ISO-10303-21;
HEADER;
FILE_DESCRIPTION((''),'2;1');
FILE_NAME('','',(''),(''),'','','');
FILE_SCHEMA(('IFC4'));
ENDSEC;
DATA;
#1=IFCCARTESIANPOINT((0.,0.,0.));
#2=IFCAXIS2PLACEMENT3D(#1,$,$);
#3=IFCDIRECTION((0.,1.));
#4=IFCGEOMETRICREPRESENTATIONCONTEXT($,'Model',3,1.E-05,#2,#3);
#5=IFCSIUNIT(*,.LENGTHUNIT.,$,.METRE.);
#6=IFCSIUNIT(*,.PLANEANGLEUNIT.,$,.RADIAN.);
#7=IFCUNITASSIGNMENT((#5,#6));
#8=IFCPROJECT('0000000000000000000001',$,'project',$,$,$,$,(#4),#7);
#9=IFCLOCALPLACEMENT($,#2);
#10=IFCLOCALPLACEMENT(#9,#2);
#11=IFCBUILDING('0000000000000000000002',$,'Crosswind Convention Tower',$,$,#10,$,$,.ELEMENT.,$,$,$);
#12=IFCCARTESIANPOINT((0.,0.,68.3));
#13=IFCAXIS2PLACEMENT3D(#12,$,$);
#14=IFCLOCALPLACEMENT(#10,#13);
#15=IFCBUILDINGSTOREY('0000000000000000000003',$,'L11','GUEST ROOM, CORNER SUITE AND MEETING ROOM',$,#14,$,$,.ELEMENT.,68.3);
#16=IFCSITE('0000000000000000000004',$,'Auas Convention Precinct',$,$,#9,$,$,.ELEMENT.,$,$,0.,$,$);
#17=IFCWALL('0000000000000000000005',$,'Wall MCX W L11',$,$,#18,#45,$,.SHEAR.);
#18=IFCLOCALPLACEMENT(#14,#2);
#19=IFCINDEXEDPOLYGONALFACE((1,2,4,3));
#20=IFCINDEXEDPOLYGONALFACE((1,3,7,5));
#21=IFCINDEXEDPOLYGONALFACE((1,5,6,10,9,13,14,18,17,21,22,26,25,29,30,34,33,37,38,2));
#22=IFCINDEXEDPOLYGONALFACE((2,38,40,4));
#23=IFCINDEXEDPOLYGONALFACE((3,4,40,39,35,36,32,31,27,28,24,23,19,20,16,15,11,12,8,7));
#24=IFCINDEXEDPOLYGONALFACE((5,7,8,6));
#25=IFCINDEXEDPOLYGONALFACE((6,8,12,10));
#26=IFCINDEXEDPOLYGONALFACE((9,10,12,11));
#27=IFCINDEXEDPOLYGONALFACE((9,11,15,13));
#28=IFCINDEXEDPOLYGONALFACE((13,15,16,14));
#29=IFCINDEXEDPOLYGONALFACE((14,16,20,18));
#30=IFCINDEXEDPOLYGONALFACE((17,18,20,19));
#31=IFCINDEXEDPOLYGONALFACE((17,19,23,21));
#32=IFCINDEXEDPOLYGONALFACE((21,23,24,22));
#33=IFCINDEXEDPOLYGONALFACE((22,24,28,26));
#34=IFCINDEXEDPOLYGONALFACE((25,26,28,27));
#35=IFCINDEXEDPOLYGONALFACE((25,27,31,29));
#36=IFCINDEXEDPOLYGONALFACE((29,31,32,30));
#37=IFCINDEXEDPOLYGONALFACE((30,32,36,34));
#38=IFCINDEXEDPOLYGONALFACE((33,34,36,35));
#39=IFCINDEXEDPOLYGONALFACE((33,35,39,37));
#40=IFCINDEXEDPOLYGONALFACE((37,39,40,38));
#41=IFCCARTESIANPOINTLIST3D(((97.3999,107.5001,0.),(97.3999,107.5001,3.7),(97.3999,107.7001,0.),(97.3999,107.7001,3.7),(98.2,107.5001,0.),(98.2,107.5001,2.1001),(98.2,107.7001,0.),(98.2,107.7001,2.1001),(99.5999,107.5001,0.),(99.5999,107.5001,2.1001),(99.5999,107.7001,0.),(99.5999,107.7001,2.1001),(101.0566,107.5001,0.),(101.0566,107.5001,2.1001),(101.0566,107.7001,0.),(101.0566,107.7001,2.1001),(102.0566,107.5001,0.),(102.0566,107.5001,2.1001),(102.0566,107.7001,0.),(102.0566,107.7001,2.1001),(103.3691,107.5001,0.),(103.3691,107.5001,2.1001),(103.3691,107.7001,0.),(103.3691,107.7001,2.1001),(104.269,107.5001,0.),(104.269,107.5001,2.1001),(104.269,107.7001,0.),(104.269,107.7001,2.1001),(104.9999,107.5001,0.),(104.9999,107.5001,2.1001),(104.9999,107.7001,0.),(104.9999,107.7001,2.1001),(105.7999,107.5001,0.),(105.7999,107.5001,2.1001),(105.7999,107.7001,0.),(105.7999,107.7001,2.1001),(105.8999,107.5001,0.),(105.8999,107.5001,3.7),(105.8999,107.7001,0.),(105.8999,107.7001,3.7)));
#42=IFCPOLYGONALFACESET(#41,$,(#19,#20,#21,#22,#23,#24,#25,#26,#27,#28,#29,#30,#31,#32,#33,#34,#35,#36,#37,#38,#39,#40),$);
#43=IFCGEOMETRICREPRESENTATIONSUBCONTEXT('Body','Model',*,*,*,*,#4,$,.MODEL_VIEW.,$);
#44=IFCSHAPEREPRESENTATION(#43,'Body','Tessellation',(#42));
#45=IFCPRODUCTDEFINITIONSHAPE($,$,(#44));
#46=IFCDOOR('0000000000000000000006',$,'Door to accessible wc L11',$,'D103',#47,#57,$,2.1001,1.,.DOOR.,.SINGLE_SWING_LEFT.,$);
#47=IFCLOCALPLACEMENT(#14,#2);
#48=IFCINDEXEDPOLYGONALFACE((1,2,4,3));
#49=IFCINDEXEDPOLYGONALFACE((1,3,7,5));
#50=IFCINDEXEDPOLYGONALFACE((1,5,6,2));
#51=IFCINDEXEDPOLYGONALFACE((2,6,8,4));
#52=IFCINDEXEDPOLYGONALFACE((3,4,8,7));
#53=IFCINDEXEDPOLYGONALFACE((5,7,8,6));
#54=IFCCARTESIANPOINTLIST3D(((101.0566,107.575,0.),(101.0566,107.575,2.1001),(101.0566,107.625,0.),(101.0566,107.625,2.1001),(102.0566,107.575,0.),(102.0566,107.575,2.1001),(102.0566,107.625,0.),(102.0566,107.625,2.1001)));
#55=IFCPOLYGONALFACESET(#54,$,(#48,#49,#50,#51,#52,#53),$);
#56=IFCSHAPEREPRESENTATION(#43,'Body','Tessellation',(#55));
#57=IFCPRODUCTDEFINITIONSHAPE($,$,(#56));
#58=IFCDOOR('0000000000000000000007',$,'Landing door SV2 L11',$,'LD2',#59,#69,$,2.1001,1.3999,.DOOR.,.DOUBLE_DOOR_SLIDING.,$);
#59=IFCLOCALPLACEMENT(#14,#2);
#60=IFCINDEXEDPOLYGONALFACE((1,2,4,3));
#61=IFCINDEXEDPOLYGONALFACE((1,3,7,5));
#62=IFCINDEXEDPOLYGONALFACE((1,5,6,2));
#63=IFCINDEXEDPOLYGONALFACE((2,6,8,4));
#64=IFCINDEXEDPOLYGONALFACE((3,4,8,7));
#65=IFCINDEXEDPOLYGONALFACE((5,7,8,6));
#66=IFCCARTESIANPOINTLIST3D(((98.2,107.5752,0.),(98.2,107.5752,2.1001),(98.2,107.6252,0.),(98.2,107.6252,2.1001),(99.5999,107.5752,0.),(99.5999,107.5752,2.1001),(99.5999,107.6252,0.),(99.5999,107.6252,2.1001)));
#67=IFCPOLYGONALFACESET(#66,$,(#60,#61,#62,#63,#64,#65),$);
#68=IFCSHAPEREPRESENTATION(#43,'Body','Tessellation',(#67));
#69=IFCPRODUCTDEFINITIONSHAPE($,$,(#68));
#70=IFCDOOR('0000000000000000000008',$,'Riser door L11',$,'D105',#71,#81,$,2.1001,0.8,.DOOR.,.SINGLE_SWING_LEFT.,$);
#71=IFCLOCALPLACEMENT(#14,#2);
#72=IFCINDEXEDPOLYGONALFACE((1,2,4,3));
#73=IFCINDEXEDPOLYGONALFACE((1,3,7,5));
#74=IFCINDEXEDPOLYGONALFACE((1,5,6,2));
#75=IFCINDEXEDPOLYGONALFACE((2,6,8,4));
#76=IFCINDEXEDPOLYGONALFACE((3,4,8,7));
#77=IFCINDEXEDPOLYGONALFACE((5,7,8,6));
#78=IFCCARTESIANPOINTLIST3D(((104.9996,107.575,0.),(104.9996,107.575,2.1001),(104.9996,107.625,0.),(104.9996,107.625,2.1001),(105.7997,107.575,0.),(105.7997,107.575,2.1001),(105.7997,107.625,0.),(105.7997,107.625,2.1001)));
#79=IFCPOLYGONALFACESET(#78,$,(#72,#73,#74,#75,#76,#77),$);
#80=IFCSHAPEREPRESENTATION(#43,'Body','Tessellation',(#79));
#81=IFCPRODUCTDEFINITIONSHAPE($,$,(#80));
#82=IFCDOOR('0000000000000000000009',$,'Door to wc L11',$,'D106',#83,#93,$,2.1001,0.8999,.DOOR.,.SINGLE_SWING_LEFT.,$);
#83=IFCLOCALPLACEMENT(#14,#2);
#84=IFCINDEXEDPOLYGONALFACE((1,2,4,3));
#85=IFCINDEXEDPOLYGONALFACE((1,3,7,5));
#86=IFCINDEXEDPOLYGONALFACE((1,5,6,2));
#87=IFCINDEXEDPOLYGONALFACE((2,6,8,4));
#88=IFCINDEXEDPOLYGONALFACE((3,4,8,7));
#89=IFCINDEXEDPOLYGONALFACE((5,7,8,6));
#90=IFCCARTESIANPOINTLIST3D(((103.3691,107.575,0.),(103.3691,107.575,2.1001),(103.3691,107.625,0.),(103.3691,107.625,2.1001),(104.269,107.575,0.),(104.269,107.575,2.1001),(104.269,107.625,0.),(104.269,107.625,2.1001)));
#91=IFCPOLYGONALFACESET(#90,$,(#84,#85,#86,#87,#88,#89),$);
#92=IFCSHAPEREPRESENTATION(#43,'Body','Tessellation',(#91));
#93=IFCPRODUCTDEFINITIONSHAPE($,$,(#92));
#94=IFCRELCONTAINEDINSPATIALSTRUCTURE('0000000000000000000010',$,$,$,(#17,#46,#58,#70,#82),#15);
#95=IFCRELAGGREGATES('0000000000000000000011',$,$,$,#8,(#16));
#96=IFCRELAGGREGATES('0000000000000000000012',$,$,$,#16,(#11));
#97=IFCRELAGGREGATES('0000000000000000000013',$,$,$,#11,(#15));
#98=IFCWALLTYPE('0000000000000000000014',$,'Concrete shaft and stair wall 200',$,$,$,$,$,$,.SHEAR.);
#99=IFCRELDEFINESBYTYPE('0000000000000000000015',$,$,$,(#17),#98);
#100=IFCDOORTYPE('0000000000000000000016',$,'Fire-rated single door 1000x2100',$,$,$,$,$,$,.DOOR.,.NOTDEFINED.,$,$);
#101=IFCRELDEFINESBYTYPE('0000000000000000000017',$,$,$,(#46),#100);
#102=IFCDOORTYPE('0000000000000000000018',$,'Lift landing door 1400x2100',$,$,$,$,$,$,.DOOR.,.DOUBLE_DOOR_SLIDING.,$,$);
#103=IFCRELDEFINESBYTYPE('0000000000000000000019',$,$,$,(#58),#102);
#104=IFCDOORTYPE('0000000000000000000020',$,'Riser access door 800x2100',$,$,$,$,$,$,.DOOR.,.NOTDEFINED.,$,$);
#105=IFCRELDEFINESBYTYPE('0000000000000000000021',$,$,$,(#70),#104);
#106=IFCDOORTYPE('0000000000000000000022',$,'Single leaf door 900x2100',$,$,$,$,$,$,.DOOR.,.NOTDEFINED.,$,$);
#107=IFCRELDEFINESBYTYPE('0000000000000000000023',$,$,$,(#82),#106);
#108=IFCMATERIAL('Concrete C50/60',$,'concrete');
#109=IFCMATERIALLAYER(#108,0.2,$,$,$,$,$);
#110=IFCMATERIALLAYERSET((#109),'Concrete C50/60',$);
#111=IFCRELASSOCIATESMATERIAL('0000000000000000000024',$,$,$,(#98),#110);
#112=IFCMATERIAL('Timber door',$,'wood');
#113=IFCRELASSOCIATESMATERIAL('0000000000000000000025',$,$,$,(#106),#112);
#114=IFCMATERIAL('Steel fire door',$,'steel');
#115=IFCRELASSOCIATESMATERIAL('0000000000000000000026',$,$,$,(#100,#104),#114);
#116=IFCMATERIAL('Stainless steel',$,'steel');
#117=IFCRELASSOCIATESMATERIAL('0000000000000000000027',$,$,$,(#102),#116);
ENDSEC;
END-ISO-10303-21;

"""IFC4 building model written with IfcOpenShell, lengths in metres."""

from ifc_helpers import new_model, si_unit, direction, frame, frame_2d, origin, place, context, subcontext, project, spatial, rectangle, extrude, material, layer, layer_set, type_object, element, fill, save


model = new_model("IFC4")

# Units and contexts
model_context = context("Model", 3, precision=1e-05, world=origin(), true_north=direction((0.0, 1.0)))
body_context = subcontext(model_context, "Body", "Model", "MODEL_VIEW")
ifc_project = project(units=[si_unit("LENGTHUNIT", "METRE"), si_unit("PLANEANGLEUNIT", "RADIAN")], contexts=[model_context])

# Site, building, storey
site_placement = place(None, origin())
site = spatial("IfcSite", under=ifc_project, at=site_placement, Name="Auas Convention Precinct", CompositionType="ELEMENT", RefElevation=0.0)
building_placement = place(site_placement, origin())
building = spatial("IfcBuilding", under=site, at=building_placement, Name="Crosswind Convention Tower", CompositionType="ELEMENT")
storey_placement = place(building_placement, frame((0.0, 0.0, 68.3)))
storey = spatial("IfcBuildingStorey", under=building, at=storey_placement, Name="L11", Description="GUEST ROOM, CORNER SUITE AND MEETING ROOM", CompositionType="ELEMENT", Elevation=68.3)

# Shared definitions
ifc_material_1 = material(Name="Concrete C50/60", Category="concrete")

# Shared definitions
ifc_layer_1 = layer(ifc_material_1, 0.2)
ifc_layer_set_1 = layer_set([ifc_layer_1], Name="Concrete C50/60")
wall_type_1 = type_object("IfcWallType", Name="Concrete shaft and stair wall 200", PredefinedType="SHEAR", material=ifc_layer_set_1)

# Shared definitions
ifc_material_2 = material(Name="Timber door", Category="wood")
door_type_1 = type_object("IfcDoorType", Name="Single leaf door 900x2100", OperationType="NOTDEFINED", PredefinedType="DOOR", material=ifc_material_2)

# Shared definitions
ifc_material_3 = material(Name="Steel fire door", Category="steel")

# Wall, openings, doors
wall_1_placement = place(storey_placement, frame((105.8999, 107.6001, 0.0), z_axis=(0.0, 0.0, 1.0), x_axis=(-1.0, 0.0, 0.0)))
wall_1 = element("IfcWall", 1, at=wall_1_placement, inside=storey, type_object=wall_type_1, Name="Wall MCX W L11", PredefinedType="SHEAR", context=body_context, shape_type="SweptSolid", body=[
    extrude(rectangle(XDim=8.5, YDim=0.2, at=frame_2d((4.25, 0.0))), origin(), (0.0, 0.0, 1.0), 3.7),
])
opening_1_placement = place(wall_1_placement, frame((0.1001, 0.0, 0.0)))
opening_1 = element("IfcOpeningElement", 2, at=opening_1_placement, cuts=wall_1, PredefinedType="OPENING", context=body_context, shape_type="SweptSolid", body=[
    extrude(rectangle(XDim=0.8, YDim=2.1001, at=frame_2d((0.3999, 1.05))), frame((0.0, 0.1099, 0.0), z_axis=(0.0, -1.0, 0.0), x_axis=(1.0, 0.0, 0.0)), (0.0, 0.0, 1.0), 0.22),
])
opening_2_placement = place(wall_1_placement, frame((1.6309, 0.0, 0.0)))
opening_2 = element("IfcOpeningElement", 3, at=opening_2_placement, cuts=wall_1, PredefinedType="OPENING", context=body_context, shape_type="SweptSolid", body=[
    extrude(rectangle(XDim=0.8999, YDim=2.1001, at=frame_2d((0.45, 1.05))), frame((0.0, 0.1099, 0.0), z_axis=(0.0, -1.0, 0.0), x_axis=(1.0, 0.0, 0.0)), (0.0, 0.0, 1.0), 0.22),
])
opening_3_placement = place(wall_1_placement, frame((3.8433, 0.0, 0.0)))
opening_3 = element("IfcOpeningElement", 4, at=opening_3_placement, cuts=wall_1, PredefinedType="OPENING", context=body_context, shape_type="SweptSolid", body=[
    extrude(rectangle(XDim=1.0, YDim=2.1001, at=frame_2d((0.5, 1.05))), frame((0.0, 0.1099, 0.0), z_axis=(0.0, -1.0, 0.0), x_axis=(1.0, 0.0, 0.0)), (0.0, 0.0, 1.0), 0.22),
])
opening_4_placement = place(wall_1_placement, frame((6.3, 0.0, 0.0)))
opening_4 = element("IfcOpeningElement", 5, at=opening_4_placement, cuts=wall_1, PredefinedType="OPENING", context=body_context, shape_type="SweptSolid", body=[
    extrude(rectangle(XDim=1.3999, YDim=2.1001, at=frame_2d((0.7, 1.05))), frame((0.0, 0.1099, 0.0), z_axis=(0.0, -1.0, 0.0), x_axis=(1.0, 0.0, 0.0)), (0.0, 0.0, 1.0), 0.22),
])
door_type_2 = type_object("IfcDoorType", Name="Fire-rated single door 1000x2100", OperationType="NOTDEFINED", PredefinedType="DOOR", material=ifc_material_3)
door_1_placement = place(opening_3_placement, frame((1.0, 0.0, 0.0), z_axis=(0.0, 0.0, 1.0), x_axis=(-1.0, 0.0, 0.0)))
door_1 = element("IfcDoor", 6, at=door_1_placement, inside=storey, type_object=door_type_2, Name="Door to accessible wc L11", ObjectType="D103", OperationType="SINGLE_SWING_LEFT", OverallHeight=2.1001, OverallWidth=1.0, PredefinedType="DOOR", context=body_context, shape_type="SweptSolid", body=[
    extrude(rectangle(XDim=1.0, YDim=2.1001, at=frame_2d((0.5, 1.05))), frame((0.0, 0.0249, 0.0), z_axis=(0.0, -1.0, 0.0), x_axis=(1.0, 0.0, 0.0)), (0.0, 0.0, 1.0), 0.05),
])
fill(opening_3, door_1)
ifc_material_4 = material(Name="Stainless steel", Category="steel")
door_type_3 = type_object("IfcDoorType", Name="Lift landing door 1400x2100", OperationType="DOUBLE_DOOR_SLIDING", PredefinedType="DOOR", material=ifc_material_4)
door_2_placement = place(opening_4_placement, origin())
door_2 = element("IfcDoor", 7, at=door_2_placement, inside=storey, type_object=door_type_3, Name="Landing door SV2 L11", ObjectType="LD2", OperationType="DOUBLE_DOOR_SLIDING", OverallHeight=2.1001, OverallWidth=1.3999, PredefinedType="DOOR", context=body_context, shape_type="SweptSolid", body=[
    extrude(rectangle(XDim=1.3999, YDim=2.1001, at=frame_2d((0.7, 1.05))), frame((0.0, 0.0249, 0.0), z_axis=(0.0, -1.0, 0.0), x_axis=(1.0, 0.0, 0.0)), (0.0, 0.0, 1.0), 0.05),
])
fill(opening_4, door_2)
door_type_4 = type_object("IfcDoorType", Name="Riser access door 800x2100", OperationType="NOTDEFINED", PredefinedType="DOOR", material=ifc_material_3)
door_3_placement = place(opening_1_placement, frame((0.8, 0.0, 0.0), z_axis=(0.0, 0.0, 1.0), x_axis=(-1.0, 0.0, 0.0)))
door_3 = element("IfcDoor", 8, at=door_3_placement, inside=storey, type_object=door_type_4, Name="Riser door L11", ObjectType="D105", OperationType="SINGLE_SWING_LEFT", OverallHeight=2.1001, OverallWidth=0.8, PredefinedType="DOOR", context=body_context, shape_type="SweptSolid", body=[
    extrude(rectangle(XDim=0.8, YDim=2.1001, at=frame_2d((0.3999, 1.05))), frame((0.0, 0.0249, 0.0), z_axis=(0.0, -1.0, 0.0), x_axis=(1.0, 0.0, 0.0)), (0.0, 0.0, 1.0), 0.05),
])
fill(opening_1, door_3)
door_4_placement = place(opening_2_placement, frame((0.8999, 0.0, 0.0), z_axis=(0.0, 0.0, 1.0), x_axis=(-1.0, 0.0, 0.0)))
door_4 = element("IfcDoor", 9, at=door_4_placement, inside=storey, type_object=door_type_1, Name="Door to wc L11", ObjectType="D106", OperationType="SINGLE_SWING_LEFT", OverallHeight=2.1001, OverallWidth=0.8999, PredefinedType="DOOR", context=body_context, shape_type="SweptSolid", body=[
    extrude(rectangle(XDim=0.8999, YDim=2.1001, at=frame_2d((0.45, 1.05))), frame((0.0, 0.0249, 0.0), z_axis=(0.0, -1.0, 0.0), x_axis=(1.0, 0.0, 0.0)), (0.0, 0.0, 1.0), 0.05),
])
fill(opening_2, door_4)

save(model, "model.ifc")
